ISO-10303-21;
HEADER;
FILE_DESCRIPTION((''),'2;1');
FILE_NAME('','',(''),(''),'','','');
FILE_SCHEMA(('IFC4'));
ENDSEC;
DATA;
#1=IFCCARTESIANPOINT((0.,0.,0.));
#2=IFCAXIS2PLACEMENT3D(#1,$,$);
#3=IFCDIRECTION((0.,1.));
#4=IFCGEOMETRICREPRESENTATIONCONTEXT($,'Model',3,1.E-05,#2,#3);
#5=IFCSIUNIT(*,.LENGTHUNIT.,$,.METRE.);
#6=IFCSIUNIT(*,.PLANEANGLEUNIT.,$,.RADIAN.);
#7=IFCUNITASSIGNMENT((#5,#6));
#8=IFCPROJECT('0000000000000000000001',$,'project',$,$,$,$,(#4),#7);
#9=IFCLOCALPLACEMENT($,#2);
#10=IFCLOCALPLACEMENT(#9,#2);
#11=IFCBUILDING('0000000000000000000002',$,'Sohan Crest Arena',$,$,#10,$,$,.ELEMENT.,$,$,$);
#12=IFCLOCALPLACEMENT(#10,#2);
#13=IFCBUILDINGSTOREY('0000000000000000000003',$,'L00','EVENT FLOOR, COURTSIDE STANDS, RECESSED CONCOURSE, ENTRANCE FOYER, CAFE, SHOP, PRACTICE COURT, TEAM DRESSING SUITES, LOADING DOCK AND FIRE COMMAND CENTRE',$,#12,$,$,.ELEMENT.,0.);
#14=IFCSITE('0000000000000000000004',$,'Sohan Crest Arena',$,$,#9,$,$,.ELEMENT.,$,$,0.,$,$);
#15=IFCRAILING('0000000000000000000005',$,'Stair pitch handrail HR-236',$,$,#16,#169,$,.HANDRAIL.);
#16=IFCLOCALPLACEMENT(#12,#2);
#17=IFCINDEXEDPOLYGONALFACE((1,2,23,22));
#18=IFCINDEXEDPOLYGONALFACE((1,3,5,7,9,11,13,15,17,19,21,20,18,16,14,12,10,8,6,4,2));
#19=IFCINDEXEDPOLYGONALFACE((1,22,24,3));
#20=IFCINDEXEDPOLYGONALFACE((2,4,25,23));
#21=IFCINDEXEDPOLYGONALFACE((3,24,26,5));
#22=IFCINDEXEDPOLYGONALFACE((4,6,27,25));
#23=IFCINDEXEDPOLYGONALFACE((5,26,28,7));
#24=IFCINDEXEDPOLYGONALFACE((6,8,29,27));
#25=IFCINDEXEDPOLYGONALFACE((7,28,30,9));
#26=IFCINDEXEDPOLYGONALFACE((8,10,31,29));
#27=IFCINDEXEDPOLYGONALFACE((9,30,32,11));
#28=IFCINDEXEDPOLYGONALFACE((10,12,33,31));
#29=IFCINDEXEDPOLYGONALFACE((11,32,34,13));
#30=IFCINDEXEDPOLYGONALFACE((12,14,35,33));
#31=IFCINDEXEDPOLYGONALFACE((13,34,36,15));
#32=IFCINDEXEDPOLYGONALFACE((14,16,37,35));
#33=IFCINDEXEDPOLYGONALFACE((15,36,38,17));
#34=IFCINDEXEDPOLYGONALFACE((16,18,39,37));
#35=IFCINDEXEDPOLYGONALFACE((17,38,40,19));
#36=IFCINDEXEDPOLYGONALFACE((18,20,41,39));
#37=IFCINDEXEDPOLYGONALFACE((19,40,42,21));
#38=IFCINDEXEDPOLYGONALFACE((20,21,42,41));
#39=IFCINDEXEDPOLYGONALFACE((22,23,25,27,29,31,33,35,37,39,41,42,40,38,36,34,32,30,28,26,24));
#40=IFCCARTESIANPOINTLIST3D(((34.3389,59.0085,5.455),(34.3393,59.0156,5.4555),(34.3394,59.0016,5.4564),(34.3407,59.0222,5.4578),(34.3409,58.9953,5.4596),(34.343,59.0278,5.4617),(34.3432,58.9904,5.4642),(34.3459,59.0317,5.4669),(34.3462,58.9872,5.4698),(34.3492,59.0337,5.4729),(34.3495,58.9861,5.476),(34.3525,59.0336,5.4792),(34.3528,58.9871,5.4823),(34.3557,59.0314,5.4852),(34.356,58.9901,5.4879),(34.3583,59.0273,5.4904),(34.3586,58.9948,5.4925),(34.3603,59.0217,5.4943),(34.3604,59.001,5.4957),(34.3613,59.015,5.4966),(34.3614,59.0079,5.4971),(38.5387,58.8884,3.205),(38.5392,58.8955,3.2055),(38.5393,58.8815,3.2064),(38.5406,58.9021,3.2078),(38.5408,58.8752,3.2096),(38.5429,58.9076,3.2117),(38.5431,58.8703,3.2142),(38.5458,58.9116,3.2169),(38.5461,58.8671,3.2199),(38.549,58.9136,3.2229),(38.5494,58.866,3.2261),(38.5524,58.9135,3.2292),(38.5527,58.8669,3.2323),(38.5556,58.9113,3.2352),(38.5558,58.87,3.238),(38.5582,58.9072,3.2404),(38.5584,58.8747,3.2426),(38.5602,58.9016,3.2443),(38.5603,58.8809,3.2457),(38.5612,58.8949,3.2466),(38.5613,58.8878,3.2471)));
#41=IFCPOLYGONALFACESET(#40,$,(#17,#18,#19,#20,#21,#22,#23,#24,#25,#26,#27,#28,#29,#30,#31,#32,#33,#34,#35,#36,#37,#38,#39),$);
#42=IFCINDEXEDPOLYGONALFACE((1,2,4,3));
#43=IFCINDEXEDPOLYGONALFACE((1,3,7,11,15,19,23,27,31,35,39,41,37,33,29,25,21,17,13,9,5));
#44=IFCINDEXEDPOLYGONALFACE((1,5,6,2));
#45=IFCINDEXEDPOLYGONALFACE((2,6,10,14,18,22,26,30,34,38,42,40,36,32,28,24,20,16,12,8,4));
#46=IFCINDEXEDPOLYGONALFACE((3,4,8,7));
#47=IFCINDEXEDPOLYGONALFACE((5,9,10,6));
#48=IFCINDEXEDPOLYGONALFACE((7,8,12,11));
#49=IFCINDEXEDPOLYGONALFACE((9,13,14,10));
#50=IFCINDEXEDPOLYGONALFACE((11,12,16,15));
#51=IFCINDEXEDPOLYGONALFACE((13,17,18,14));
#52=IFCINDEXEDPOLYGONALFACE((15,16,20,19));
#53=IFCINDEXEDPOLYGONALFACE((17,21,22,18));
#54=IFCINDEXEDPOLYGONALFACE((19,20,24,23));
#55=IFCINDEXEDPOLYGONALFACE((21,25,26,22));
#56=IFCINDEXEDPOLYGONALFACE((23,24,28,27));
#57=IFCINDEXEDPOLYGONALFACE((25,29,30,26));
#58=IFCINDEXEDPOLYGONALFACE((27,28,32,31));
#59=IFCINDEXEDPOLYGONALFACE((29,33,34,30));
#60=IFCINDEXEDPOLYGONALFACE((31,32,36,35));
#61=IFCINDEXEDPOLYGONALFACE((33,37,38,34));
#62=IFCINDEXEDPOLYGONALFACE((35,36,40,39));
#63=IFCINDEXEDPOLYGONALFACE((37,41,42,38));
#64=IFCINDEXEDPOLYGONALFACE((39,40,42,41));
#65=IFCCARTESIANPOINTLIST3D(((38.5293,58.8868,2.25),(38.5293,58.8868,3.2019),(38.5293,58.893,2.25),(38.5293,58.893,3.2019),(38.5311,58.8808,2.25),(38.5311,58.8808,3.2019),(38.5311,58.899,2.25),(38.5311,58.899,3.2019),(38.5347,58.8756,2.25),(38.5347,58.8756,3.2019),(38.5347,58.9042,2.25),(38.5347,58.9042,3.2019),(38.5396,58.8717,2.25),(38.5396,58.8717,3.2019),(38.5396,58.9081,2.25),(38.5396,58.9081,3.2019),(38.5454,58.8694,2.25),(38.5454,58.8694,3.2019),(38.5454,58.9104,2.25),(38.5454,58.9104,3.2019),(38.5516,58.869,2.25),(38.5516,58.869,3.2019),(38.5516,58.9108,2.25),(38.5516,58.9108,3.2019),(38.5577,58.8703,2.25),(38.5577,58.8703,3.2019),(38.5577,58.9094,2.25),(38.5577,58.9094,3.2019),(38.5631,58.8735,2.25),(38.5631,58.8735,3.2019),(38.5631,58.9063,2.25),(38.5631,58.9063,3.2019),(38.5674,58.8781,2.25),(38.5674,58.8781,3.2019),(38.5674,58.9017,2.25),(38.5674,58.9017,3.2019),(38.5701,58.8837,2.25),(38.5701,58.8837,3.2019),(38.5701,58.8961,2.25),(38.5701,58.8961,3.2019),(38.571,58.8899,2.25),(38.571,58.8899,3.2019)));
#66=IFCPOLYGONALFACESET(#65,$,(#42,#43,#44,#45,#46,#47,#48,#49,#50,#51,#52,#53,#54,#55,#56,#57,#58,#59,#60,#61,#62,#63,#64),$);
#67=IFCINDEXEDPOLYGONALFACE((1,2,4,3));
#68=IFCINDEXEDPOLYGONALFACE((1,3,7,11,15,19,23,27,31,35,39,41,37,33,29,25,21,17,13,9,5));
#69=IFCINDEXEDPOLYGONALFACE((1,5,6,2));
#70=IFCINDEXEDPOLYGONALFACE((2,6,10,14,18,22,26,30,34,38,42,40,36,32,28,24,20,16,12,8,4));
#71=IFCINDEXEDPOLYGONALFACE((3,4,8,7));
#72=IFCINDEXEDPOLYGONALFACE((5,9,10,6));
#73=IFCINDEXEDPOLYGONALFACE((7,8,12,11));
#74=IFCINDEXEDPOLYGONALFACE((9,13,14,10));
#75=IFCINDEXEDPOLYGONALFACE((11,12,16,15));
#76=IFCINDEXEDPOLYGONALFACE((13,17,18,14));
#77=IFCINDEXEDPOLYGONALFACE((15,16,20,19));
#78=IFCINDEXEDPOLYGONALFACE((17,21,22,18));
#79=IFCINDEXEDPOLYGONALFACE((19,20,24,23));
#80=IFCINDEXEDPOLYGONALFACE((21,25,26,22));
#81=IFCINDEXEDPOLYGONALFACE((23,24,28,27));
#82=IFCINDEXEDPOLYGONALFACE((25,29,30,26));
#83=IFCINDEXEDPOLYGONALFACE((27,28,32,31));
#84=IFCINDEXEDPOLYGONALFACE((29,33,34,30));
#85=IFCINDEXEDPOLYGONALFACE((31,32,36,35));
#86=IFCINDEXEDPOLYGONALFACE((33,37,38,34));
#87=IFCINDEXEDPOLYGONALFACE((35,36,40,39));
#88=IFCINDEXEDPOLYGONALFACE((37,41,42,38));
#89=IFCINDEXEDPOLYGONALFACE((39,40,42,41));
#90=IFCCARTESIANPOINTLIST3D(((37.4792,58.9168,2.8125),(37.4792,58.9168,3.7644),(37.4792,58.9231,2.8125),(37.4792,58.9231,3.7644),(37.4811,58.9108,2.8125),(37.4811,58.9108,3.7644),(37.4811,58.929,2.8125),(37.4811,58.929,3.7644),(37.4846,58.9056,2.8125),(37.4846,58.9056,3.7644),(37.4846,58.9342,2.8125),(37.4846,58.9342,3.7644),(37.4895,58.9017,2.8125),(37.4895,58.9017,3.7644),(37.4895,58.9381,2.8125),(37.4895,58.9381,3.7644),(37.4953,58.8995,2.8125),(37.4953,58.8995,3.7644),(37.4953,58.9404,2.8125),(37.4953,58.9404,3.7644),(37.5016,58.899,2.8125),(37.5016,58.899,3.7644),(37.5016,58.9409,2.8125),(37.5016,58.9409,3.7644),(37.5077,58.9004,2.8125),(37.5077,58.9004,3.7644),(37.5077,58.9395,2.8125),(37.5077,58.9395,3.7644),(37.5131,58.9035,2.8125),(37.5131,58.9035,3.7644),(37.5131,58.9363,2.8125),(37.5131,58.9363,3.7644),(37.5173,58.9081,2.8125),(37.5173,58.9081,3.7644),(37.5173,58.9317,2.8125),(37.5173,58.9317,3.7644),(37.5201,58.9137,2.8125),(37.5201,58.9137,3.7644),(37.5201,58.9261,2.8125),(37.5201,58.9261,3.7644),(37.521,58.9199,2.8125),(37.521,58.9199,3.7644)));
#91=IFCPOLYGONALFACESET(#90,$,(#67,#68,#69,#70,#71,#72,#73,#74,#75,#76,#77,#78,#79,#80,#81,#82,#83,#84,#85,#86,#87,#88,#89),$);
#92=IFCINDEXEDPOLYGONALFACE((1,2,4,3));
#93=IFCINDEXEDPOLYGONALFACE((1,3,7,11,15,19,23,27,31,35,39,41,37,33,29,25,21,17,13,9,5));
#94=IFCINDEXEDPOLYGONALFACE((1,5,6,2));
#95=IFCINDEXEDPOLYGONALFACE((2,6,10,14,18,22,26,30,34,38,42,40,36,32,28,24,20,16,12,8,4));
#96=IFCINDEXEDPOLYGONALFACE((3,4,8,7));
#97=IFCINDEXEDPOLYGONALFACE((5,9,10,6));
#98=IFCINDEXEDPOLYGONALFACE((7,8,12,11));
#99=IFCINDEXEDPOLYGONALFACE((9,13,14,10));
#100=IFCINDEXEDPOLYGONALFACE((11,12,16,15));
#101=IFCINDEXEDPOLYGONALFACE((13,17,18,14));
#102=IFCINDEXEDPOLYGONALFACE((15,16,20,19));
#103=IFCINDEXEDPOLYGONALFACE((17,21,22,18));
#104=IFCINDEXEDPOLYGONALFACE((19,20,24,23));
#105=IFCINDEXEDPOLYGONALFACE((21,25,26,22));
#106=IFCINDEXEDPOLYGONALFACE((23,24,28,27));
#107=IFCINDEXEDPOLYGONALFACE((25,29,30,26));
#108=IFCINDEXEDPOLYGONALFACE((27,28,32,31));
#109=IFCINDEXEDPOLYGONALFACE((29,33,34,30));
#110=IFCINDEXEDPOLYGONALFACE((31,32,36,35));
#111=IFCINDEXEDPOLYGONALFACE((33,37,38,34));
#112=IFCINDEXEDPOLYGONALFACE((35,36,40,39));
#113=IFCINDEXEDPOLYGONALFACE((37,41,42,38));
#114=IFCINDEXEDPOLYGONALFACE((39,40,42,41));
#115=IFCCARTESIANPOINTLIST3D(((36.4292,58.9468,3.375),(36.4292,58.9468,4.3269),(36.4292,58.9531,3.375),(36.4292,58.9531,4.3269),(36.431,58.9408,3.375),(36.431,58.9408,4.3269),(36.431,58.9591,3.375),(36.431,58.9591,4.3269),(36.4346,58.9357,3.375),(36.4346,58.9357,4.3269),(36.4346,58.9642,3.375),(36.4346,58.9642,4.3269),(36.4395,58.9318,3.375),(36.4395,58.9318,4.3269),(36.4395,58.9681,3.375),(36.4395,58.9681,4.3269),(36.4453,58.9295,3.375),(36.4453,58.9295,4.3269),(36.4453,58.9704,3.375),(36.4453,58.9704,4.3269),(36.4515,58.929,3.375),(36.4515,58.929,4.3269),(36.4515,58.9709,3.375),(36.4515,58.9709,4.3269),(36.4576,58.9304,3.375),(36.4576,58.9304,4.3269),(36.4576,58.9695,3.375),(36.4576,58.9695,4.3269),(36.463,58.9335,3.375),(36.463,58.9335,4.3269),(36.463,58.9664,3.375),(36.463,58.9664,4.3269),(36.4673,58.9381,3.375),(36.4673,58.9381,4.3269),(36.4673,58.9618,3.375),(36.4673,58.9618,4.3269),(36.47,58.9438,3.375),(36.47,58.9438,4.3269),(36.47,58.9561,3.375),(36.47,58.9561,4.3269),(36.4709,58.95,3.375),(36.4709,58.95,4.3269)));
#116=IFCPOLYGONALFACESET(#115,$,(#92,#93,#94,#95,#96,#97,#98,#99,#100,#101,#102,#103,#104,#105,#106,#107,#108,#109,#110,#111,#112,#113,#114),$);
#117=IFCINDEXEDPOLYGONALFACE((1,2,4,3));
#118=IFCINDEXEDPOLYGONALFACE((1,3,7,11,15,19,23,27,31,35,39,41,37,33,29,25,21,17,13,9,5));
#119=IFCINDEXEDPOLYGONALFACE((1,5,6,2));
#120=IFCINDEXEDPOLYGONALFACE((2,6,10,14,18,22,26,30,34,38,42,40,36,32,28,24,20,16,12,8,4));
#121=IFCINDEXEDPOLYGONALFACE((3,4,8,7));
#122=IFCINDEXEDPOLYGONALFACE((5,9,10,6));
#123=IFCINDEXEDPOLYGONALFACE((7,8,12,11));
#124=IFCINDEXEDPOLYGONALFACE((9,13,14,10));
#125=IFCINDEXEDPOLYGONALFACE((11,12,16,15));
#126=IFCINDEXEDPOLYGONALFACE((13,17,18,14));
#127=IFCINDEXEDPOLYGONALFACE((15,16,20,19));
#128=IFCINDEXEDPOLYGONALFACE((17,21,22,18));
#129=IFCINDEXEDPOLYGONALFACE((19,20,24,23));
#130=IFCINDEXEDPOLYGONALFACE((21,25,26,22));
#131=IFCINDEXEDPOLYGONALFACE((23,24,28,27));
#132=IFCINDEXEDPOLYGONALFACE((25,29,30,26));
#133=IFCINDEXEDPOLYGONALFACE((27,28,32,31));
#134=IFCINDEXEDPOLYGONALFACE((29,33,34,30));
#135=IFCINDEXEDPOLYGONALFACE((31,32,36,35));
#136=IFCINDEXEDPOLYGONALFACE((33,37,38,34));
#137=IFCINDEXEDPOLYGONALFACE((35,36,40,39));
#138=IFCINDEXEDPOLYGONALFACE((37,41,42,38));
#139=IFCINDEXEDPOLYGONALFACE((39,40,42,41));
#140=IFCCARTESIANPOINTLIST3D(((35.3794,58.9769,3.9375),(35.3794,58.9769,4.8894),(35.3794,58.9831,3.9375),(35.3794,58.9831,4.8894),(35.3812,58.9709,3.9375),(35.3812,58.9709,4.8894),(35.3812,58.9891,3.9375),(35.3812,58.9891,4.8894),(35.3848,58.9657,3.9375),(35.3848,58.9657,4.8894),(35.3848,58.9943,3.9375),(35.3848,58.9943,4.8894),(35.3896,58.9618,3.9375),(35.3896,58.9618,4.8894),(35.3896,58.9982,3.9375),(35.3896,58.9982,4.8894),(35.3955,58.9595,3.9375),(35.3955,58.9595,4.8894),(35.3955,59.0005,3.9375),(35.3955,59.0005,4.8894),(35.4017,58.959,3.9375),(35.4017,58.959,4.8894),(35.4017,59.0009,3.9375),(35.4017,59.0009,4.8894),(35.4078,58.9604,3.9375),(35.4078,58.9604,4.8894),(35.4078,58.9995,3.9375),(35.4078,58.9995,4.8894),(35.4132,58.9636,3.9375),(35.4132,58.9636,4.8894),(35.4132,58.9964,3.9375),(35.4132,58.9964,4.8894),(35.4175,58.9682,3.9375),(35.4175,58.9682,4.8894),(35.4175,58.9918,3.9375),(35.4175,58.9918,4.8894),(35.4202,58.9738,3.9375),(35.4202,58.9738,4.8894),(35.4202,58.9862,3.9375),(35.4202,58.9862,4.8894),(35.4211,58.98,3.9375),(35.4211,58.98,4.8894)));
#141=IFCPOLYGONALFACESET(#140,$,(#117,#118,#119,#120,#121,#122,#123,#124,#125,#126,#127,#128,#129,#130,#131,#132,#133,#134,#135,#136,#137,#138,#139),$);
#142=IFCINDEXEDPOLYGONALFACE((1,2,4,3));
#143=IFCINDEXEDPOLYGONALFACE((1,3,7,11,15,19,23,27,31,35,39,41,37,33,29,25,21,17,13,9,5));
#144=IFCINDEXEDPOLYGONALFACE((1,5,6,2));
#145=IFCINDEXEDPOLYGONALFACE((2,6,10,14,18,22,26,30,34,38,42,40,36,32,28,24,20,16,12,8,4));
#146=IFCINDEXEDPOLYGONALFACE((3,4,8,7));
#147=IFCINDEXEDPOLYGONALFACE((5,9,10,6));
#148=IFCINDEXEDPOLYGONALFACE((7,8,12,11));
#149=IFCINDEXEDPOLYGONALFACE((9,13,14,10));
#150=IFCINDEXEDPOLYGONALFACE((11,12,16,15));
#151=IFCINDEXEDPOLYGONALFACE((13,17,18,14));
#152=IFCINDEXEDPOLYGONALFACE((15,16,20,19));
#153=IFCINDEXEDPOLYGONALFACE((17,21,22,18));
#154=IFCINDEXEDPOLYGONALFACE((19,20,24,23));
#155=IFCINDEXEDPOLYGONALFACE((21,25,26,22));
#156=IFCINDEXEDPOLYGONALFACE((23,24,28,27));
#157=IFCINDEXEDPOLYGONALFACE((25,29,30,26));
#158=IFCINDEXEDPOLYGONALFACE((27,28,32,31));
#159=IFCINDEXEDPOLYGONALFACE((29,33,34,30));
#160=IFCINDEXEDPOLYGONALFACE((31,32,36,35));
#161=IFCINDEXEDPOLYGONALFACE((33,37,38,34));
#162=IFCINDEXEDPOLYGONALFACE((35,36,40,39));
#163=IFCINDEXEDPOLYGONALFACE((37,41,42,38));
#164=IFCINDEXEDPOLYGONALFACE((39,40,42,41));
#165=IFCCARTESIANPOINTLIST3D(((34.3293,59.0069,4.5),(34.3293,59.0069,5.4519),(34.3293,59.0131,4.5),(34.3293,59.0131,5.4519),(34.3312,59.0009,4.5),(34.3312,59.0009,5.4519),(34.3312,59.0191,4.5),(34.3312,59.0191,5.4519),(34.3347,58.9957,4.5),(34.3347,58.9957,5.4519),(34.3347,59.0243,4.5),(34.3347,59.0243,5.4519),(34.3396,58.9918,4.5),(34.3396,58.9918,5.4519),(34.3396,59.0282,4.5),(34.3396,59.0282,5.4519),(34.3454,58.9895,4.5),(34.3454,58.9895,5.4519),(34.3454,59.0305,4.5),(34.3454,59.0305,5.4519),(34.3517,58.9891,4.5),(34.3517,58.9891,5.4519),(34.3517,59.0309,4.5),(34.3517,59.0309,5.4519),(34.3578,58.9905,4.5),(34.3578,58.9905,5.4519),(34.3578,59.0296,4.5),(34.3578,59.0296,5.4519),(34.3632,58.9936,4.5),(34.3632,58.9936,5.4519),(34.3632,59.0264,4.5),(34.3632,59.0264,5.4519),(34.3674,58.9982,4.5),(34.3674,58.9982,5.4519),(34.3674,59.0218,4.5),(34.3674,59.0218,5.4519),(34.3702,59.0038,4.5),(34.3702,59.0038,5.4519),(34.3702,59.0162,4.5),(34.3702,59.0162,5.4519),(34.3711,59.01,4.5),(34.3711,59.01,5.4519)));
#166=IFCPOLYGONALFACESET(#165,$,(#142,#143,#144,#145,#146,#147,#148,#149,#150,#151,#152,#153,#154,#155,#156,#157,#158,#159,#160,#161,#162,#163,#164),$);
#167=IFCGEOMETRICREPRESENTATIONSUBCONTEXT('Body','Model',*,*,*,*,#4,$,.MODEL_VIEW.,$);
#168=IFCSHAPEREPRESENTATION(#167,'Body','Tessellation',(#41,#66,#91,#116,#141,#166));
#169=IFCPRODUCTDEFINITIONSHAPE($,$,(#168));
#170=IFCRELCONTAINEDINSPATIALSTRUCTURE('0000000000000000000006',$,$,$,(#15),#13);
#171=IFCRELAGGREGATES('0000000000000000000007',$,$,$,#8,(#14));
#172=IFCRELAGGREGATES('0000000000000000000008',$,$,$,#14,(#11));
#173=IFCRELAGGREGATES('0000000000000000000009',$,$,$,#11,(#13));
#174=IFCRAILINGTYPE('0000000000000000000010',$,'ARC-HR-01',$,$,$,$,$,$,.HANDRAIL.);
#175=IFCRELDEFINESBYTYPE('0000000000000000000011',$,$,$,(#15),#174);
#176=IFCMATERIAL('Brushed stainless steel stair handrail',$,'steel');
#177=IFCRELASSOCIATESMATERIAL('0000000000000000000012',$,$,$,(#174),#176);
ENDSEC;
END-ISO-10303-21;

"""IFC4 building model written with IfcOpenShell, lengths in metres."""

from ifc_helpers import new_model, si_unit, direction, frame, origin, origin_2d, place, context, subcontext, project, spatial, circle, extrude, material, type_object, element, save


model = new_model("IFC4")

# Units and contexts
model_context = context("Model", 3, precision=1e-05, world=origin(), true_north=direction((0.0, 1.0)))
body_context = subcontext(model_context, "Body", "Model", "MODEL_VIEW")
ifc_project = project(units=[si_unit("LENGTHUNIT", "METRE"), si_unit("PLANEANGLEUNIT", "RADIAN")], contexts=[model_context])

# Site, building, storey
site_placement = place(None, origin())
site = spatial("IfcSite", under=ifc_project, at=site_placement, Name="Sohan Crest Arena", CompositionType="ELEMENT", RefElevation=0.0)
building_placement = place(site_placement, origin())
building = spatial("IfcBuilding", under=site, at=building_placement, Name="Sohan Crest Arena", CompositionType="ELEMENT")
storey_placement = place(building_placement, origin())
storey = spatial("IfcBuildingStorey", under=building, at=storey_placement, Name="L00", Description="EVENT FLOOR, COURTSIDE STANDS, RECESSED CONCOURSE, ENTRANCE FOYER, CAFE, SHOP, PRACTICE COURT, TEAM DRESSING SUITES, LOADING DOCK AND FIRE COMMAND CENTRE", CompositionType="ELEMENT", Elevation=0.0)

# Railing
ifc_material_1 = material(Name="Brushed stainless steel stair handrail", Category="steel")
railing_type_1 = type_object("IfcRailingType", Name="ARC-HR-01", PredefinedType="HANDRAIL", material=ifc_material_1)
railing_1_placement = place(storey_placement, frame((38.55, 58.8899, 2.25)))
element("IfcRailing", 1, at=railing_1_placement, inside=storey, type_object=railing_type_1, Name="Stair pitch handrail HR-236", PredefinedType="HANDRAIL", context=body_context, shape_type="SweptSolid", body=[
    extrude(circle(Radius=0.0239, at=origin_2d()), frame((0.0, 0.0, 0.9761), z_axis=(-0.881198, 0.025202, 0.472076), x_axis=(-0.028588, -0.999591, 0.0)), (0.0, 0.0, 1.0), 4.7661),
    extrude(circle(Radius=0.021, at=origin_2d()), origin(), (0.0, 0.0, 1.0), 0.9519),
    extrude(circle(Radius=0.021, at=origin_2d()), frame((-1.05, 0.03, 0.5625)), (0.0, 0.0, 1.0), 0.9519),
    extrude(circle(Radius=0.021, at=origin_2d()), frame((-2.1001, 0.0601, 1.125)), (0.0, 0.0, 1.0), 0.9519),
    extrude(circle(Radius=0.021, at=origin_2d()), frame((-3.1499, 0.0901, 1.6875)), (0.0, 0.0, 1.0), 0.9519),
    extrude(circle(Radius=0.021, at=origin_2d()), frame((-4.2, 0.1201, 2.25)), (0.0, 0.0, 1.0), 0.9519),
])

save(model, "model.ifc")
